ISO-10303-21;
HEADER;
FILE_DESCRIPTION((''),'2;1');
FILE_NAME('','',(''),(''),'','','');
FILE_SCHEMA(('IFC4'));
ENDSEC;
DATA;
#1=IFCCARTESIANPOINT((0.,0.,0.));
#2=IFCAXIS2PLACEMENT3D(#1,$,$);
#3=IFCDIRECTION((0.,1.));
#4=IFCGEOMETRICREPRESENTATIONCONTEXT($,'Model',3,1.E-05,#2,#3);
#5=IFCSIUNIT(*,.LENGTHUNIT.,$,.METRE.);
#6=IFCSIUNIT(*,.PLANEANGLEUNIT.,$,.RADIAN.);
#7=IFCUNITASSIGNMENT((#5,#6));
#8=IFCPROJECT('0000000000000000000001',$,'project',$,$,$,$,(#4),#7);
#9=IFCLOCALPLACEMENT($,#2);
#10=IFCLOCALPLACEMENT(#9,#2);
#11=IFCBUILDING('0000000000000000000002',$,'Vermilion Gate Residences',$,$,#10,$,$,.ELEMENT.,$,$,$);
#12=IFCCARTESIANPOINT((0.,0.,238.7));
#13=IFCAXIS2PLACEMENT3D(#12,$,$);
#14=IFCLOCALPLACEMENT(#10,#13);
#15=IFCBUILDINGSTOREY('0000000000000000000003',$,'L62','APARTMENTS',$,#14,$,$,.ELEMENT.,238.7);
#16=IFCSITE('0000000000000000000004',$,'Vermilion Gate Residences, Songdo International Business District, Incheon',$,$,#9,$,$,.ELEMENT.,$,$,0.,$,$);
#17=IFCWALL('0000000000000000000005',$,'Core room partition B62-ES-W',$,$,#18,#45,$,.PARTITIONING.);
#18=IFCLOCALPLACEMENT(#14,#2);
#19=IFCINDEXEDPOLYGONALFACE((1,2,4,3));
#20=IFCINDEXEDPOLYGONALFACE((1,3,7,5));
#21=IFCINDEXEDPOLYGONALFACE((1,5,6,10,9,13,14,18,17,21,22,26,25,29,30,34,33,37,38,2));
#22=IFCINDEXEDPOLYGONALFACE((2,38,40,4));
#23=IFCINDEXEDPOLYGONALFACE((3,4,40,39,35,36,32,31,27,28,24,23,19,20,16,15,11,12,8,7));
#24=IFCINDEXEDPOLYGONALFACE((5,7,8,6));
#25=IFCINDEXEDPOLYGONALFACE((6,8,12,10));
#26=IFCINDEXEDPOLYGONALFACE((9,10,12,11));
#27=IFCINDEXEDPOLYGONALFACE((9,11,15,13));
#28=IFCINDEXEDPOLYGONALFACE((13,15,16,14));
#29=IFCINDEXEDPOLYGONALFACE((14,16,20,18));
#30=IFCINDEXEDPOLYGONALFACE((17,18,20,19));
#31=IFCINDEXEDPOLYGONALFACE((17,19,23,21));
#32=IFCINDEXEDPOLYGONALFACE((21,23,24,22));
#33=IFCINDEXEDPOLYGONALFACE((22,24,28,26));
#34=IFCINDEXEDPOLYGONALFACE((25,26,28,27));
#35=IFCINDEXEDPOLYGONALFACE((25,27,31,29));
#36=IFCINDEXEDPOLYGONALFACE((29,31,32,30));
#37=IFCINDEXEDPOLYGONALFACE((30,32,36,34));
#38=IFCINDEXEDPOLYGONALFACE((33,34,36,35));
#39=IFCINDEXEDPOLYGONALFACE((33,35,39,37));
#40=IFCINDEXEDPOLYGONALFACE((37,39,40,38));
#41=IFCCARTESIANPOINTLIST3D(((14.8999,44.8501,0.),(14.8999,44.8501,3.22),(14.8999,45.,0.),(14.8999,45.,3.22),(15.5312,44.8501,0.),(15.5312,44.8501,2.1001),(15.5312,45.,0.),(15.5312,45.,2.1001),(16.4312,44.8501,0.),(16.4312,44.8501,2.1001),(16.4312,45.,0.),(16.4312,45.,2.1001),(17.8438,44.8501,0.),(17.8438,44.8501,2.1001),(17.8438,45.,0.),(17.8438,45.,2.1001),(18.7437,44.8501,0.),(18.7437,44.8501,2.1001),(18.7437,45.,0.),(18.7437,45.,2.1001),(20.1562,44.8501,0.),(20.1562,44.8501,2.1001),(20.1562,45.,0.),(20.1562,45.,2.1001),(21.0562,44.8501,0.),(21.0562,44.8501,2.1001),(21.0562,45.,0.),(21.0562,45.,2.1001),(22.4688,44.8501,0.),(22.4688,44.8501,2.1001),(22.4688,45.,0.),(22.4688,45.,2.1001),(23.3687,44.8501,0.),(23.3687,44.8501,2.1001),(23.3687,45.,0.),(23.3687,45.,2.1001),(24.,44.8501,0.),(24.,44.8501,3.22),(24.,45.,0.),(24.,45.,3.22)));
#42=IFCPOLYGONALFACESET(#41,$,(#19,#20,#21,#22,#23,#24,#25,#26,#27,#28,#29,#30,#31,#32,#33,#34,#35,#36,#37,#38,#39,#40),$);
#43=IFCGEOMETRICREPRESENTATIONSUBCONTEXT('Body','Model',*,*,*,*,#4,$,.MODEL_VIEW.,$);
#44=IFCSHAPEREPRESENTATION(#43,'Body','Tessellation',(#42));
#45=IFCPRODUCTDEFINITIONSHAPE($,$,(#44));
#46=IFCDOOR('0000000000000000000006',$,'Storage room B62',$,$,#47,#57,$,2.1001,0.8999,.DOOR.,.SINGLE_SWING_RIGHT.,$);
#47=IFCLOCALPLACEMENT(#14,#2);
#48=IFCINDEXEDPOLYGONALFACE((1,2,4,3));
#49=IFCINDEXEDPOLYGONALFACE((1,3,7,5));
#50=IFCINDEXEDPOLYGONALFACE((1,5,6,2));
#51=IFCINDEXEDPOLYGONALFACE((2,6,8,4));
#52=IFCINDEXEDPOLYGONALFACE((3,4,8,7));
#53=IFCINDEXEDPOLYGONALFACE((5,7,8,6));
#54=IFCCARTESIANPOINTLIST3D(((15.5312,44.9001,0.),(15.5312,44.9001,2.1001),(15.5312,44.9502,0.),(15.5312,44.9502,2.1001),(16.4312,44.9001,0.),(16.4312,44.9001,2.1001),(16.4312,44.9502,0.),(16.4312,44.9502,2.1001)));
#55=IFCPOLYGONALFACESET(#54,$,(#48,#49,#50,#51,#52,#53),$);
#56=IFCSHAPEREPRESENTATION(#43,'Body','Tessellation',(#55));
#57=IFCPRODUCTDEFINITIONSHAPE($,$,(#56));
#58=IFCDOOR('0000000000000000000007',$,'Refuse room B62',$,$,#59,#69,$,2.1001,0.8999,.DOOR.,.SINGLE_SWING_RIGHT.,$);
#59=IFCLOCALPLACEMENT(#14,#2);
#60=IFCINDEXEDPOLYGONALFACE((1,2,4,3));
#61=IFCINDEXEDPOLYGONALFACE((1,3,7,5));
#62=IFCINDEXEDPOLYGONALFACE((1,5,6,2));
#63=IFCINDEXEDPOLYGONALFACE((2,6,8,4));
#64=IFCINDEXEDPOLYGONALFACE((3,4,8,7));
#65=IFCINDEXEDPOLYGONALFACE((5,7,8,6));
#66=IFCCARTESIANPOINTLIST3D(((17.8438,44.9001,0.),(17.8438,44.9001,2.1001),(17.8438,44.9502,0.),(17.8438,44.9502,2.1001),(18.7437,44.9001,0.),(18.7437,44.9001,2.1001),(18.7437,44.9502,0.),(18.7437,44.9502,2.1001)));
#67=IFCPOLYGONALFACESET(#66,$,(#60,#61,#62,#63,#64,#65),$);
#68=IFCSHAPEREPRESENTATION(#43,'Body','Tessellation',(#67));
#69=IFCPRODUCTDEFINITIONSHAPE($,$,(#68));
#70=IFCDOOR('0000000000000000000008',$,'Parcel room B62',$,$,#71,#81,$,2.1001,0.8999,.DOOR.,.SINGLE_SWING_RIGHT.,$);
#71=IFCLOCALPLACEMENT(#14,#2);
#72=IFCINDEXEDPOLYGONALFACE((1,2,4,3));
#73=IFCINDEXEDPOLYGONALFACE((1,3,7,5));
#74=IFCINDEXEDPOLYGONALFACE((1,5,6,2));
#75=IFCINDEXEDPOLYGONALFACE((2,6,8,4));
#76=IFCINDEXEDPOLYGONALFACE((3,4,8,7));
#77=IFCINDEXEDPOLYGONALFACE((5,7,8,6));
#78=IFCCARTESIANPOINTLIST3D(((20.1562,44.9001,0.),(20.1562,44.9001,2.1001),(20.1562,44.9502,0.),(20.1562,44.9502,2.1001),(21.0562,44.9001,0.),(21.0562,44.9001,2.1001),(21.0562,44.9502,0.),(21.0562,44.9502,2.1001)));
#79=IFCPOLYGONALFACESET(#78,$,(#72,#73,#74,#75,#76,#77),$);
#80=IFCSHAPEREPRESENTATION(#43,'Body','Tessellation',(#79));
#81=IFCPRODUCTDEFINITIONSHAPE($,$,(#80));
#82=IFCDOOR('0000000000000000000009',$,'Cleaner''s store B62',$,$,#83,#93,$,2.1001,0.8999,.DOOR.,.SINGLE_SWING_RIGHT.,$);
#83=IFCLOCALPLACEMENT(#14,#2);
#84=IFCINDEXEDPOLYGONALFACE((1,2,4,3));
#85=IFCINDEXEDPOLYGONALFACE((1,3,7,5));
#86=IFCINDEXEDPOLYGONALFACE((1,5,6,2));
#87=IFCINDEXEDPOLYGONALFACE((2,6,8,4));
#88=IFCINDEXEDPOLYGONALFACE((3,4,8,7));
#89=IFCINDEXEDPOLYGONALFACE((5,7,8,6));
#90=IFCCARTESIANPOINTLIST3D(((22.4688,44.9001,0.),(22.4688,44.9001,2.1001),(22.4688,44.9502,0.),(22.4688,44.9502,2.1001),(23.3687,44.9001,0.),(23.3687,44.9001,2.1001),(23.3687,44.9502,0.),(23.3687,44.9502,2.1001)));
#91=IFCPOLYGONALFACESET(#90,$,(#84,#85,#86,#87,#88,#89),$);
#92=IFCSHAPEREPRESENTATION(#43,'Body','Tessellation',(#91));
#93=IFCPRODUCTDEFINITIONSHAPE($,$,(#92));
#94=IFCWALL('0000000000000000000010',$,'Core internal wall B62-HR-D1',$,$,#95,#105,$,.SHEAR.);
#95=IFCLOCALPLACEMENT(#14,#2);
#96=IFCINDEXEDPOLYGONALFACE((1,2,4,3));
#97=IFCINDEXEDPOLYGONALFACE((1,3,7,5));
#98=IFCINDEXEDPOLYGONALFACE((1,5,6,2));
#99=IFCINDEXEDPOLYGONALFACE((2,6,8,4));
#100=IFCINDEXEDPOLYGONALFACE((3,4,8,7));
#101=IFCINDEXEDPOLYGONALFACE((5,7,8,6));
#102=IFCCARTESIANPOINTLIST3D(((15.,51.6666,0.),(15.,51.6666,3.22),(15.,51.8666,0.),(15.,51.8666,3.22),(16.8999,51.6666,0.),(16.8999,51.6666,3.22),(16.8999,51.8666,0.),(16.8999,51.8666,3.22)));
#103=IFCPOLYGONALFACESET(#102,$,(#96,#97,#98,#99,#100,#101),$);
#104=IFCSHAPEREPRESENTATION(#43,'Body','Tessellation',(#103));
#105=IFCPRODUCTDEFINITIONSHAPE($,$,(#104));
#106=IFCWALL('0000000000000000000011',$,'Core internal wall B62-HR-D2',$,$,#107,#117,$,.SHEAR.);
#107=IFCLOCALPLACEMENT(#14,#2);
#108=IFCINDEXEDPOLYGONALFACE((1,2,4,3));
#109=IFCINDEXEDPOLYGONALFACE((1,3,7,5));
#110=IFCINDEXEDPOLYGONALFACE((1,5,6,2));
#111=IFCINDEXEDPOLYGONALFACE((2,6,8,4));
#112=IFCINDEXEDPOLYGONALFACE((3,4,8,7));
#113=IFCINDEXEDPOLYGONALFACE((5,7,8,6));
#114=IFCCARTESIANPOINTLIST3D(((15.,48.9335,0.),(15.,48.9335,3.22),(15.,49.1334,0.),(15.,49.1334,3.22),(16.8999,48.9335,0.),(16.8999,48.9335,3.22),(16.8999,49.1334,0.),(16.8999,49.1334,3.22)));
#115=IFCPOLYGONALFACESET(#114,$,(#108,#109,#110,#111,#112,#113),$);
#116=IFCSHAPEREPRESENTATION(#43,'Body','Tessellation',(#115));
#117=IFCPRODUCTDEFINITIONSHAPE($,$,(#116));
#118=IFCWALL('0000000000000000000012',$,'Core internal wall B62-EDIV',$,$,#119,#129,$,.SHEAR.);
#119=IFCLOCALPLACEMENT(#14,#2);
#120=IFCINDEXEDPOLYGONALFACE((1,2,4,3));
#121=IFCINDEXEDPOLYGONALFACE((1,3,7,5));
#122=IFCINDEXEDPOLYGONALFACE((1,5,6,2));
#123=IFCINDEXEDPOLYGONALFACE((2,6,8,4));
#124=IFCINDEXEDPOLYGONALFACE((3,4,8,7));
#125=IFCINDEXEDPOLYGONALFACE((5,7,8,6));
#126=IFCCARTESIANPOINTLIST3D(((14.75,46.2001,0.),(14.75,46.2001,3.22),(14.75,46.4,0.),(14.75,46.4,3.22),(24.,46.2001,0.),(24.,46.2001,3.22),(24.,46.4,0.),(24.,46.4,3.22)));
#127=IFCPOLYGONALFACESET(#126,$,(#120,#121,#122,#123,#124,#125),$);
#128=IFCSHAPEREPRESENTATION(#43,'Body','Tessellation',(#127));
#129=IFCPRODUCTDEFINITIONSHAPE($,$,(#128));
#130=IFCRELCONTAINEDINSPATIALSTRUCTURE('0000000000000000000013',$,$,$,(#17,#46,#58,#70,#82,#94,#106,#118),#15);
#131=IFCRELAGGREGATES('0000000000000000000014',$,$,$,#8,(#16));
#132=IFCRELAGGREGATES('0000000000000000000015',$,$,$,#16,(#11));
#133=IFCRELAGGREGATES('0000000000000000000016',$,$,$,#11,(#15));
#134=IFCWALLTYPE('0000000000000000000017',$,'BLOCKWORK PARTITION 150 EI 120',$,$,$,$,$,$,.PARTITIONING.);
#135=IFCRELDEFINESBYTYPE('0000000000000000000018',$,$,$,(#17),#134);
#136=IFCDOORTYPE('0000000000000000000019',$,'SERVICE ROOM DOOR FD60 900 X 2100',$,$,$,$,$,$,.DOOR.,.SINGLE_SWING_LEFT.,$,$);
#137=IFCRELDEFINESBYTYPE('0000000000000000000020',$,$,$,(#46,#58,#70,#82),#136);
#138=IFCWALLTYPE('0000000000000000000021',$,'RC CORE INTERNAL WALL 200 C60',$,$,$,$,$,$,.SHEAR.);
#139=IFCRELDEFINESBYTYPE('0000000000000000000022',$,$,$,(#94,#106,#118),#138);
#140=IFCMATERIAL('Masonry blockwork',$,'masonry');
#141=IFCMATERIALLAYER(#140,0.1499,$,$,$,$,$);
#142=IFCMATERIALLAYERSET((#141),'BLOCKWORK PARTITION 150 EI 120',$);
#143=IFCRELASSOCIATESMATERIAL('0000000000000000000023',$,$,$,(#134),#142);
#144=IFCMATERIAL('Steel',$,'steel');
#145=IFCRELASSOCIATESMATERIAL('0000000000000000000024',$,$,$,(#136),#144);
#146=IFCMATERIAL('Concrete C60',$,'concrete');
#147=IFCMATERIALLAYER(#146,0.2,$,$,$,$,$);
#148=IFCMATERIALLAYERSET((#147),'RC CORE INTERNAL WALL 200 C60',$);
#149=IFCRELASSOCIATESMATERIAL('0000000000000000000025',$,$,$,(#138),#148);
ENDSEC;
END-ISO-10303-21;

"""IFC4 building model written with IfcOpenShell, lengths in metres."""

from ifc_helpers import new_model, si_unit, direction, frame, frame_2d, origin, place, context, subcontext, project, spatial, rectangle, extrude, material, layer, layer_set, type_object, element, fill, save


model = new_model("IFC4")

# Units and contexts
model_context = context("Model", 3, precision=1e-05, world=origin(), true_north=direction((0.0, 1.0)))
body_context = subcontext(model_context, "Body", "Model", "MODEL_VIEW")
ifc_project = project(units=[si_unit("LENGTHUNIT", "METRE"), si_unit("PLANEANGLEUNIT", "RADIAN")], contexts=[model_context])

# Site, building, storey
site_placement = place(None, origin())
site = spatial("IfcSite", under=ifc_project, at=site_placement, Name="Vermilion Gate Residences, Songdo International Business District, Incheon", CompositionType="ELEMENT", RefElevation=0.0)
building_placement = place(site_placement, origin())
building = spatial("IfcBuilding", under=site, at=building_placement, Name="Vermilion Gate Residences", CompositionType="ELEMENT")
storey_placement = place(building_placement, frame((0.0, 0.0, 238.7)))
storey = spatial("IfcBuildingStorey", under=building, at=storey_placement, Name="L62", Description="APARTMENTS", CompositionType="ELEMENT", Elevation=238.7)

# Shared definitions
ifc_material_1 = material(Name="Masonry blockwork", Category="masonry")
ifc_layer_1 = layer(ifc_material_1, 0.1499)
ifc_layer_set_1 = layer_set([ifc_layer_1], Name="BLOCKWORK PARTITION 150 EI 120")
wall_type_1 = type_object("IfcWallType", Name="BLOCKWORK PARTITION 150 EI 120", PredefinedType="PARTITIONING", material=ifc_layer_set_1)

# Shared definitions
ifc_material_2 = material(Name="Steel", Category="steel")
door_type_1 = type_object("IfcDoorType", Name="SERVICE ROOM DOOR FD60 900 X 2100", OperationType="SINGLE_SWING_LEFT", PredefinedType="DOOR", material=ifc_material_2)

# Wall, openings, doors
wall_1_placement = place(storey_placement, frame((14.8999, 44.925, 0.0), z_axis=(0.0, 0.0, 1.0), x_axis=(1.0, 0.0, 0.0)))
wall_1 = element("IfcWall", 1, at=wall_1_placement, inside=storey, type_object=wall_type_1, Name="Core room partition B62-ES-W", PredefinedType="PARTITIONING", context=body_context, shape_type="SweptSolid", body=[
    extrude(rectangle(XDim=9.1001, YDim=0.1499, at=frame_2d((4.55, 0.0))), origin(), (0.0, 0.0, 1.0), 3.22),
])
opening_1_placement = place(wall_1_placement, frame((0.6313, 0.0, 0.0)))
opening_1 = element("IfcOpeningElement", 2, at=opening_1_placement, cuts=wall_1, PredefinedType="OPENING", context=body_context, shape_type="SweptSolid", body=[
    extrude(rectangle(XDim=0.8999, YDim=2.1001, at=frame_2d((0.45, 1.05))), frame((0.0, 0.085, 0.0), z_axis=(0.0, -1.0, 0.0), x_axis=(1.0, 0.0, 0.0)), (0.0, 0.0, 1.0), 0.1699),
])
opening_2_placement = place(wall_1_placement, frame((2.9438, 0.0, 0.0)))
opening_2 = element("IfcOpeningElement", 3, at=opening_2_placement, cuts=wall_1, PredefinedType="OPENING", context=body_context, shape_type="SweptSolid", body=[
    extrude(rectangle(XDim=0.8999, YDim=2.1001, at=frame_2d((0.45, 1.05))), frame((0.0, 0.085, 0.0), z_axis=(0.0, -1.0, 0.0), x_axis=(1.0, 0.0, 0.0)), (0.0, 0.0, 1.0), 0.1699),
])
opening_3_placement = place(wall_1_placement, frame((5.2563, 0.0, 0.0)))
opening_3 = element("IfcOpeningElement", 4, at=opening_3_placement, cuts=wall_1, PredefinedType="OPENING", context=body_context, shape_type="SweptSolid", body=[
    extrude(rectangle(XDim=0.8999, YDim=2.1001, at=frame_2d((0.45, 1.05))), frame((0.0, 0.085, 0.0), z_axis=(0.0, -1.0, 0.0), x_axis=(1.0, 0.0, 0.0)), (0.0, 0.0, 1.0), 0.1699),
])
opening_4_placement = place(wall_1_placement, frame((7.5688, 0.0, 0.0)))
opening_4 = element("IfcOpeningElement", 5, at=opening_4_placement, cuts=wall_1, PredefinedType="OPENING", context=body_context, shape_type="SweptSolid", body=[
    extrude(rectangle(XDim=0.8999, YDim=2.1001, at=frame_2d((0.45, 1.05))), frame((0.0, 0.085, 0.0), z_axis=(0.0, -1.0, 0.0), x_axis=(1.0, 0.0, 0.0)), (0.0, 0.0, 1.0), 0.1699),
])
door_1_placement = place(opening_1_placement, frame((0.8999, 0.0, 0.0), z_axis=(0.0, 0.0, 1.0), x_axis=(-1.0, 0.0, 0.0)))
door_1 = element("IfcDoor", 6, at=door_1_placement, inside=storey, type_object=door_type_1, Name="Storage room B62", OperationType="SINGLE_SWING_RIGHT", OverallHeight=2.1001, OverallWidth=0.8999, PredefinedType="DOOR", context=body_context, shape_type="SweptSolid", body=[
    extrude(rectangle(XDim=0.8999, YDim=2.1001, at=frame_2d((0.45, 1.05))), frame((0.0, 0.0249, 0.0), z_axis=(0.0, -1.0, 0.0), x_axis=(1.0, 0.0, 0.0)), (0.0, 0.0, 1.0), 0.05),
])
fill(opening_1, door_1)
door_2_placement = place(opening_2_placement, frame((0.8999, 0.0, 0.0), z_axis=(0.0, 0.0, 1.0), x_axis=(-1.0, 0.0, 0.0)))
door_2 = element("IfcDoor", 7, at=door_2_placement, inside=storey, type_object=door_type_1, Name="Refuse room B62", OperationType="SINGLE_SWING_RIGHT", OverallHeight=2.1001, OverallWidth=0.8999, PredefinedType="DOOR", context=body_context, shape_type="SweptSolid", body=[
    extrude(rectangle(XDim=0.8999, YDim=2.1001, at=frame_2d((0.45, 1.05))), frame((0.0, 0.0249, 0.0), z_axis=(0.0, -1.0, 0.0), x_axis=(1.0, 0.0, 0.0)), (0.0, 0.0, 1.0), 0.05),
])
fill(opening_2, door_2)
door_3_placement = place(opening_3_placement, frame((0.8999, 0.0, 0.0), z_axis=(0.0, 0.0, 1.0), x_axis=(-1.0, 0.0, 0.0)))
door_3 = element("IfcDoor", 8, at=door_3_placement, inside=storey, type_object=door_type_1, Name="Parcel room B62", OperationType="SINGLE_SWING_RIGHT", OverallHeight=2.1001, OverallWidth=0.8999, PredefinedType="DOOR", context=body_context, shape_type="SweptSolid", body=[
    extrude(rectangle(XDim=0.8999, YDim=2.1001, at=frame_2d((0.45, 1.05))), frame((0.0, 0.0249, 0.0), z_axis=(0.0, -1.0, 0.0), x_axis=(1.0, 0.0, 0.0)), (0.0, 0.0, 1.0), 0.05),
])
fill(opening_3, door_3)
door_4_placement = place(opening_4_placement, frame((0.8999, 0.0, 0.0), z_axis=(0.0, 0.0, 1.0), x_axis=(-1.0, 0.0, 0.0)))
door_4 = element("IfcDoor", 9, at=door_4_placement, inside=storey, type_object=door_type_1, Name="Cleaner's store B62", OperationType="SINGLE_SWING_RIGHT", OverallHeight=2.1001, OverallWidth=0.8999, PredefinedType="DOOR", context=body_context, shape_type="SweptSolid", body=[
    extrude(rectangle(XDim=0.8999, YDim=2.1001, at=frame_2d((0.45, 1.05))), frame((0.0, 0.0249, 0.0), z_axis=(0.0, -1.0, 0.0), x_axis=(1.0, 0.0, 0.0)), (0.0, 0.0, 1.0), 0.05),
])
fill(opening_4, door_4)

# Walls
ifc_material_3 = material(Name="Concrete C60", Category="concrete")
ifc_layer_2 = layer(ifc_material_3, 0.2)
ifc_layer_set_2 = layer_set([ifc_layer_2], Name="RC CORE INTERNAL WALL 200 C60")
wall_type_2 = type_object("IfcWallType", Name="RC CORE INTERNAL WALL 200 C60", PredefinedType="SHEAR", material=ifc_layer_set_2)
for number, where, z_axis, x_axis, name in (
    (10, (15.0, 51.7666, 0.0), (0.0, 0.0, 1.0), (1.0, 0.0, 0.0), "Core internal wall B62-HR-D1"),
    (11, (15.0, 49.0334, 0.0), (0.0, 0.0, 1.0), (1.0, 0.0, 0.0), "Core internal wall B62-HR-D2"),
):
    element("IfcWall", number, at=place(storey_placement, frame(where, z_axis=z_axis, x_axis=x_axis)), inside=storey, type_object=wall_type_2, Name=name, PredefinedType="SHEAR", context=body_context, shape_type="SweptSolid", body=[
        extrude(rectangle(XDim=1.8999, YDim=0.2, at=frame_2d((0.95, 0.0))), origin(), (0.0, 0.0, 1.0), 3.22),
    ])
wall_2_placement = place(storey_placement, frame((14.75, 46.3, 0.0), z_axis=(0.0, 0.0, 1.0), x_axis=(1.0, 0.0, 0.0)))
element("IfcWall", 12, at=wall_2_placement, inside=storey, type_object=wall_type_2, Name="Core internal wall B62-EDIV", PredefinedType="SHEAR", context=body_context, shape_type="SweptSolid", body=[
    extrude(rectangle(XDim=9.25, YDim=0.2, at=frame_2d((4.625, 0.0))), origin(), (0.0, 0.0, 1.0), 3.22),
])

save(model, "model.ifc")
